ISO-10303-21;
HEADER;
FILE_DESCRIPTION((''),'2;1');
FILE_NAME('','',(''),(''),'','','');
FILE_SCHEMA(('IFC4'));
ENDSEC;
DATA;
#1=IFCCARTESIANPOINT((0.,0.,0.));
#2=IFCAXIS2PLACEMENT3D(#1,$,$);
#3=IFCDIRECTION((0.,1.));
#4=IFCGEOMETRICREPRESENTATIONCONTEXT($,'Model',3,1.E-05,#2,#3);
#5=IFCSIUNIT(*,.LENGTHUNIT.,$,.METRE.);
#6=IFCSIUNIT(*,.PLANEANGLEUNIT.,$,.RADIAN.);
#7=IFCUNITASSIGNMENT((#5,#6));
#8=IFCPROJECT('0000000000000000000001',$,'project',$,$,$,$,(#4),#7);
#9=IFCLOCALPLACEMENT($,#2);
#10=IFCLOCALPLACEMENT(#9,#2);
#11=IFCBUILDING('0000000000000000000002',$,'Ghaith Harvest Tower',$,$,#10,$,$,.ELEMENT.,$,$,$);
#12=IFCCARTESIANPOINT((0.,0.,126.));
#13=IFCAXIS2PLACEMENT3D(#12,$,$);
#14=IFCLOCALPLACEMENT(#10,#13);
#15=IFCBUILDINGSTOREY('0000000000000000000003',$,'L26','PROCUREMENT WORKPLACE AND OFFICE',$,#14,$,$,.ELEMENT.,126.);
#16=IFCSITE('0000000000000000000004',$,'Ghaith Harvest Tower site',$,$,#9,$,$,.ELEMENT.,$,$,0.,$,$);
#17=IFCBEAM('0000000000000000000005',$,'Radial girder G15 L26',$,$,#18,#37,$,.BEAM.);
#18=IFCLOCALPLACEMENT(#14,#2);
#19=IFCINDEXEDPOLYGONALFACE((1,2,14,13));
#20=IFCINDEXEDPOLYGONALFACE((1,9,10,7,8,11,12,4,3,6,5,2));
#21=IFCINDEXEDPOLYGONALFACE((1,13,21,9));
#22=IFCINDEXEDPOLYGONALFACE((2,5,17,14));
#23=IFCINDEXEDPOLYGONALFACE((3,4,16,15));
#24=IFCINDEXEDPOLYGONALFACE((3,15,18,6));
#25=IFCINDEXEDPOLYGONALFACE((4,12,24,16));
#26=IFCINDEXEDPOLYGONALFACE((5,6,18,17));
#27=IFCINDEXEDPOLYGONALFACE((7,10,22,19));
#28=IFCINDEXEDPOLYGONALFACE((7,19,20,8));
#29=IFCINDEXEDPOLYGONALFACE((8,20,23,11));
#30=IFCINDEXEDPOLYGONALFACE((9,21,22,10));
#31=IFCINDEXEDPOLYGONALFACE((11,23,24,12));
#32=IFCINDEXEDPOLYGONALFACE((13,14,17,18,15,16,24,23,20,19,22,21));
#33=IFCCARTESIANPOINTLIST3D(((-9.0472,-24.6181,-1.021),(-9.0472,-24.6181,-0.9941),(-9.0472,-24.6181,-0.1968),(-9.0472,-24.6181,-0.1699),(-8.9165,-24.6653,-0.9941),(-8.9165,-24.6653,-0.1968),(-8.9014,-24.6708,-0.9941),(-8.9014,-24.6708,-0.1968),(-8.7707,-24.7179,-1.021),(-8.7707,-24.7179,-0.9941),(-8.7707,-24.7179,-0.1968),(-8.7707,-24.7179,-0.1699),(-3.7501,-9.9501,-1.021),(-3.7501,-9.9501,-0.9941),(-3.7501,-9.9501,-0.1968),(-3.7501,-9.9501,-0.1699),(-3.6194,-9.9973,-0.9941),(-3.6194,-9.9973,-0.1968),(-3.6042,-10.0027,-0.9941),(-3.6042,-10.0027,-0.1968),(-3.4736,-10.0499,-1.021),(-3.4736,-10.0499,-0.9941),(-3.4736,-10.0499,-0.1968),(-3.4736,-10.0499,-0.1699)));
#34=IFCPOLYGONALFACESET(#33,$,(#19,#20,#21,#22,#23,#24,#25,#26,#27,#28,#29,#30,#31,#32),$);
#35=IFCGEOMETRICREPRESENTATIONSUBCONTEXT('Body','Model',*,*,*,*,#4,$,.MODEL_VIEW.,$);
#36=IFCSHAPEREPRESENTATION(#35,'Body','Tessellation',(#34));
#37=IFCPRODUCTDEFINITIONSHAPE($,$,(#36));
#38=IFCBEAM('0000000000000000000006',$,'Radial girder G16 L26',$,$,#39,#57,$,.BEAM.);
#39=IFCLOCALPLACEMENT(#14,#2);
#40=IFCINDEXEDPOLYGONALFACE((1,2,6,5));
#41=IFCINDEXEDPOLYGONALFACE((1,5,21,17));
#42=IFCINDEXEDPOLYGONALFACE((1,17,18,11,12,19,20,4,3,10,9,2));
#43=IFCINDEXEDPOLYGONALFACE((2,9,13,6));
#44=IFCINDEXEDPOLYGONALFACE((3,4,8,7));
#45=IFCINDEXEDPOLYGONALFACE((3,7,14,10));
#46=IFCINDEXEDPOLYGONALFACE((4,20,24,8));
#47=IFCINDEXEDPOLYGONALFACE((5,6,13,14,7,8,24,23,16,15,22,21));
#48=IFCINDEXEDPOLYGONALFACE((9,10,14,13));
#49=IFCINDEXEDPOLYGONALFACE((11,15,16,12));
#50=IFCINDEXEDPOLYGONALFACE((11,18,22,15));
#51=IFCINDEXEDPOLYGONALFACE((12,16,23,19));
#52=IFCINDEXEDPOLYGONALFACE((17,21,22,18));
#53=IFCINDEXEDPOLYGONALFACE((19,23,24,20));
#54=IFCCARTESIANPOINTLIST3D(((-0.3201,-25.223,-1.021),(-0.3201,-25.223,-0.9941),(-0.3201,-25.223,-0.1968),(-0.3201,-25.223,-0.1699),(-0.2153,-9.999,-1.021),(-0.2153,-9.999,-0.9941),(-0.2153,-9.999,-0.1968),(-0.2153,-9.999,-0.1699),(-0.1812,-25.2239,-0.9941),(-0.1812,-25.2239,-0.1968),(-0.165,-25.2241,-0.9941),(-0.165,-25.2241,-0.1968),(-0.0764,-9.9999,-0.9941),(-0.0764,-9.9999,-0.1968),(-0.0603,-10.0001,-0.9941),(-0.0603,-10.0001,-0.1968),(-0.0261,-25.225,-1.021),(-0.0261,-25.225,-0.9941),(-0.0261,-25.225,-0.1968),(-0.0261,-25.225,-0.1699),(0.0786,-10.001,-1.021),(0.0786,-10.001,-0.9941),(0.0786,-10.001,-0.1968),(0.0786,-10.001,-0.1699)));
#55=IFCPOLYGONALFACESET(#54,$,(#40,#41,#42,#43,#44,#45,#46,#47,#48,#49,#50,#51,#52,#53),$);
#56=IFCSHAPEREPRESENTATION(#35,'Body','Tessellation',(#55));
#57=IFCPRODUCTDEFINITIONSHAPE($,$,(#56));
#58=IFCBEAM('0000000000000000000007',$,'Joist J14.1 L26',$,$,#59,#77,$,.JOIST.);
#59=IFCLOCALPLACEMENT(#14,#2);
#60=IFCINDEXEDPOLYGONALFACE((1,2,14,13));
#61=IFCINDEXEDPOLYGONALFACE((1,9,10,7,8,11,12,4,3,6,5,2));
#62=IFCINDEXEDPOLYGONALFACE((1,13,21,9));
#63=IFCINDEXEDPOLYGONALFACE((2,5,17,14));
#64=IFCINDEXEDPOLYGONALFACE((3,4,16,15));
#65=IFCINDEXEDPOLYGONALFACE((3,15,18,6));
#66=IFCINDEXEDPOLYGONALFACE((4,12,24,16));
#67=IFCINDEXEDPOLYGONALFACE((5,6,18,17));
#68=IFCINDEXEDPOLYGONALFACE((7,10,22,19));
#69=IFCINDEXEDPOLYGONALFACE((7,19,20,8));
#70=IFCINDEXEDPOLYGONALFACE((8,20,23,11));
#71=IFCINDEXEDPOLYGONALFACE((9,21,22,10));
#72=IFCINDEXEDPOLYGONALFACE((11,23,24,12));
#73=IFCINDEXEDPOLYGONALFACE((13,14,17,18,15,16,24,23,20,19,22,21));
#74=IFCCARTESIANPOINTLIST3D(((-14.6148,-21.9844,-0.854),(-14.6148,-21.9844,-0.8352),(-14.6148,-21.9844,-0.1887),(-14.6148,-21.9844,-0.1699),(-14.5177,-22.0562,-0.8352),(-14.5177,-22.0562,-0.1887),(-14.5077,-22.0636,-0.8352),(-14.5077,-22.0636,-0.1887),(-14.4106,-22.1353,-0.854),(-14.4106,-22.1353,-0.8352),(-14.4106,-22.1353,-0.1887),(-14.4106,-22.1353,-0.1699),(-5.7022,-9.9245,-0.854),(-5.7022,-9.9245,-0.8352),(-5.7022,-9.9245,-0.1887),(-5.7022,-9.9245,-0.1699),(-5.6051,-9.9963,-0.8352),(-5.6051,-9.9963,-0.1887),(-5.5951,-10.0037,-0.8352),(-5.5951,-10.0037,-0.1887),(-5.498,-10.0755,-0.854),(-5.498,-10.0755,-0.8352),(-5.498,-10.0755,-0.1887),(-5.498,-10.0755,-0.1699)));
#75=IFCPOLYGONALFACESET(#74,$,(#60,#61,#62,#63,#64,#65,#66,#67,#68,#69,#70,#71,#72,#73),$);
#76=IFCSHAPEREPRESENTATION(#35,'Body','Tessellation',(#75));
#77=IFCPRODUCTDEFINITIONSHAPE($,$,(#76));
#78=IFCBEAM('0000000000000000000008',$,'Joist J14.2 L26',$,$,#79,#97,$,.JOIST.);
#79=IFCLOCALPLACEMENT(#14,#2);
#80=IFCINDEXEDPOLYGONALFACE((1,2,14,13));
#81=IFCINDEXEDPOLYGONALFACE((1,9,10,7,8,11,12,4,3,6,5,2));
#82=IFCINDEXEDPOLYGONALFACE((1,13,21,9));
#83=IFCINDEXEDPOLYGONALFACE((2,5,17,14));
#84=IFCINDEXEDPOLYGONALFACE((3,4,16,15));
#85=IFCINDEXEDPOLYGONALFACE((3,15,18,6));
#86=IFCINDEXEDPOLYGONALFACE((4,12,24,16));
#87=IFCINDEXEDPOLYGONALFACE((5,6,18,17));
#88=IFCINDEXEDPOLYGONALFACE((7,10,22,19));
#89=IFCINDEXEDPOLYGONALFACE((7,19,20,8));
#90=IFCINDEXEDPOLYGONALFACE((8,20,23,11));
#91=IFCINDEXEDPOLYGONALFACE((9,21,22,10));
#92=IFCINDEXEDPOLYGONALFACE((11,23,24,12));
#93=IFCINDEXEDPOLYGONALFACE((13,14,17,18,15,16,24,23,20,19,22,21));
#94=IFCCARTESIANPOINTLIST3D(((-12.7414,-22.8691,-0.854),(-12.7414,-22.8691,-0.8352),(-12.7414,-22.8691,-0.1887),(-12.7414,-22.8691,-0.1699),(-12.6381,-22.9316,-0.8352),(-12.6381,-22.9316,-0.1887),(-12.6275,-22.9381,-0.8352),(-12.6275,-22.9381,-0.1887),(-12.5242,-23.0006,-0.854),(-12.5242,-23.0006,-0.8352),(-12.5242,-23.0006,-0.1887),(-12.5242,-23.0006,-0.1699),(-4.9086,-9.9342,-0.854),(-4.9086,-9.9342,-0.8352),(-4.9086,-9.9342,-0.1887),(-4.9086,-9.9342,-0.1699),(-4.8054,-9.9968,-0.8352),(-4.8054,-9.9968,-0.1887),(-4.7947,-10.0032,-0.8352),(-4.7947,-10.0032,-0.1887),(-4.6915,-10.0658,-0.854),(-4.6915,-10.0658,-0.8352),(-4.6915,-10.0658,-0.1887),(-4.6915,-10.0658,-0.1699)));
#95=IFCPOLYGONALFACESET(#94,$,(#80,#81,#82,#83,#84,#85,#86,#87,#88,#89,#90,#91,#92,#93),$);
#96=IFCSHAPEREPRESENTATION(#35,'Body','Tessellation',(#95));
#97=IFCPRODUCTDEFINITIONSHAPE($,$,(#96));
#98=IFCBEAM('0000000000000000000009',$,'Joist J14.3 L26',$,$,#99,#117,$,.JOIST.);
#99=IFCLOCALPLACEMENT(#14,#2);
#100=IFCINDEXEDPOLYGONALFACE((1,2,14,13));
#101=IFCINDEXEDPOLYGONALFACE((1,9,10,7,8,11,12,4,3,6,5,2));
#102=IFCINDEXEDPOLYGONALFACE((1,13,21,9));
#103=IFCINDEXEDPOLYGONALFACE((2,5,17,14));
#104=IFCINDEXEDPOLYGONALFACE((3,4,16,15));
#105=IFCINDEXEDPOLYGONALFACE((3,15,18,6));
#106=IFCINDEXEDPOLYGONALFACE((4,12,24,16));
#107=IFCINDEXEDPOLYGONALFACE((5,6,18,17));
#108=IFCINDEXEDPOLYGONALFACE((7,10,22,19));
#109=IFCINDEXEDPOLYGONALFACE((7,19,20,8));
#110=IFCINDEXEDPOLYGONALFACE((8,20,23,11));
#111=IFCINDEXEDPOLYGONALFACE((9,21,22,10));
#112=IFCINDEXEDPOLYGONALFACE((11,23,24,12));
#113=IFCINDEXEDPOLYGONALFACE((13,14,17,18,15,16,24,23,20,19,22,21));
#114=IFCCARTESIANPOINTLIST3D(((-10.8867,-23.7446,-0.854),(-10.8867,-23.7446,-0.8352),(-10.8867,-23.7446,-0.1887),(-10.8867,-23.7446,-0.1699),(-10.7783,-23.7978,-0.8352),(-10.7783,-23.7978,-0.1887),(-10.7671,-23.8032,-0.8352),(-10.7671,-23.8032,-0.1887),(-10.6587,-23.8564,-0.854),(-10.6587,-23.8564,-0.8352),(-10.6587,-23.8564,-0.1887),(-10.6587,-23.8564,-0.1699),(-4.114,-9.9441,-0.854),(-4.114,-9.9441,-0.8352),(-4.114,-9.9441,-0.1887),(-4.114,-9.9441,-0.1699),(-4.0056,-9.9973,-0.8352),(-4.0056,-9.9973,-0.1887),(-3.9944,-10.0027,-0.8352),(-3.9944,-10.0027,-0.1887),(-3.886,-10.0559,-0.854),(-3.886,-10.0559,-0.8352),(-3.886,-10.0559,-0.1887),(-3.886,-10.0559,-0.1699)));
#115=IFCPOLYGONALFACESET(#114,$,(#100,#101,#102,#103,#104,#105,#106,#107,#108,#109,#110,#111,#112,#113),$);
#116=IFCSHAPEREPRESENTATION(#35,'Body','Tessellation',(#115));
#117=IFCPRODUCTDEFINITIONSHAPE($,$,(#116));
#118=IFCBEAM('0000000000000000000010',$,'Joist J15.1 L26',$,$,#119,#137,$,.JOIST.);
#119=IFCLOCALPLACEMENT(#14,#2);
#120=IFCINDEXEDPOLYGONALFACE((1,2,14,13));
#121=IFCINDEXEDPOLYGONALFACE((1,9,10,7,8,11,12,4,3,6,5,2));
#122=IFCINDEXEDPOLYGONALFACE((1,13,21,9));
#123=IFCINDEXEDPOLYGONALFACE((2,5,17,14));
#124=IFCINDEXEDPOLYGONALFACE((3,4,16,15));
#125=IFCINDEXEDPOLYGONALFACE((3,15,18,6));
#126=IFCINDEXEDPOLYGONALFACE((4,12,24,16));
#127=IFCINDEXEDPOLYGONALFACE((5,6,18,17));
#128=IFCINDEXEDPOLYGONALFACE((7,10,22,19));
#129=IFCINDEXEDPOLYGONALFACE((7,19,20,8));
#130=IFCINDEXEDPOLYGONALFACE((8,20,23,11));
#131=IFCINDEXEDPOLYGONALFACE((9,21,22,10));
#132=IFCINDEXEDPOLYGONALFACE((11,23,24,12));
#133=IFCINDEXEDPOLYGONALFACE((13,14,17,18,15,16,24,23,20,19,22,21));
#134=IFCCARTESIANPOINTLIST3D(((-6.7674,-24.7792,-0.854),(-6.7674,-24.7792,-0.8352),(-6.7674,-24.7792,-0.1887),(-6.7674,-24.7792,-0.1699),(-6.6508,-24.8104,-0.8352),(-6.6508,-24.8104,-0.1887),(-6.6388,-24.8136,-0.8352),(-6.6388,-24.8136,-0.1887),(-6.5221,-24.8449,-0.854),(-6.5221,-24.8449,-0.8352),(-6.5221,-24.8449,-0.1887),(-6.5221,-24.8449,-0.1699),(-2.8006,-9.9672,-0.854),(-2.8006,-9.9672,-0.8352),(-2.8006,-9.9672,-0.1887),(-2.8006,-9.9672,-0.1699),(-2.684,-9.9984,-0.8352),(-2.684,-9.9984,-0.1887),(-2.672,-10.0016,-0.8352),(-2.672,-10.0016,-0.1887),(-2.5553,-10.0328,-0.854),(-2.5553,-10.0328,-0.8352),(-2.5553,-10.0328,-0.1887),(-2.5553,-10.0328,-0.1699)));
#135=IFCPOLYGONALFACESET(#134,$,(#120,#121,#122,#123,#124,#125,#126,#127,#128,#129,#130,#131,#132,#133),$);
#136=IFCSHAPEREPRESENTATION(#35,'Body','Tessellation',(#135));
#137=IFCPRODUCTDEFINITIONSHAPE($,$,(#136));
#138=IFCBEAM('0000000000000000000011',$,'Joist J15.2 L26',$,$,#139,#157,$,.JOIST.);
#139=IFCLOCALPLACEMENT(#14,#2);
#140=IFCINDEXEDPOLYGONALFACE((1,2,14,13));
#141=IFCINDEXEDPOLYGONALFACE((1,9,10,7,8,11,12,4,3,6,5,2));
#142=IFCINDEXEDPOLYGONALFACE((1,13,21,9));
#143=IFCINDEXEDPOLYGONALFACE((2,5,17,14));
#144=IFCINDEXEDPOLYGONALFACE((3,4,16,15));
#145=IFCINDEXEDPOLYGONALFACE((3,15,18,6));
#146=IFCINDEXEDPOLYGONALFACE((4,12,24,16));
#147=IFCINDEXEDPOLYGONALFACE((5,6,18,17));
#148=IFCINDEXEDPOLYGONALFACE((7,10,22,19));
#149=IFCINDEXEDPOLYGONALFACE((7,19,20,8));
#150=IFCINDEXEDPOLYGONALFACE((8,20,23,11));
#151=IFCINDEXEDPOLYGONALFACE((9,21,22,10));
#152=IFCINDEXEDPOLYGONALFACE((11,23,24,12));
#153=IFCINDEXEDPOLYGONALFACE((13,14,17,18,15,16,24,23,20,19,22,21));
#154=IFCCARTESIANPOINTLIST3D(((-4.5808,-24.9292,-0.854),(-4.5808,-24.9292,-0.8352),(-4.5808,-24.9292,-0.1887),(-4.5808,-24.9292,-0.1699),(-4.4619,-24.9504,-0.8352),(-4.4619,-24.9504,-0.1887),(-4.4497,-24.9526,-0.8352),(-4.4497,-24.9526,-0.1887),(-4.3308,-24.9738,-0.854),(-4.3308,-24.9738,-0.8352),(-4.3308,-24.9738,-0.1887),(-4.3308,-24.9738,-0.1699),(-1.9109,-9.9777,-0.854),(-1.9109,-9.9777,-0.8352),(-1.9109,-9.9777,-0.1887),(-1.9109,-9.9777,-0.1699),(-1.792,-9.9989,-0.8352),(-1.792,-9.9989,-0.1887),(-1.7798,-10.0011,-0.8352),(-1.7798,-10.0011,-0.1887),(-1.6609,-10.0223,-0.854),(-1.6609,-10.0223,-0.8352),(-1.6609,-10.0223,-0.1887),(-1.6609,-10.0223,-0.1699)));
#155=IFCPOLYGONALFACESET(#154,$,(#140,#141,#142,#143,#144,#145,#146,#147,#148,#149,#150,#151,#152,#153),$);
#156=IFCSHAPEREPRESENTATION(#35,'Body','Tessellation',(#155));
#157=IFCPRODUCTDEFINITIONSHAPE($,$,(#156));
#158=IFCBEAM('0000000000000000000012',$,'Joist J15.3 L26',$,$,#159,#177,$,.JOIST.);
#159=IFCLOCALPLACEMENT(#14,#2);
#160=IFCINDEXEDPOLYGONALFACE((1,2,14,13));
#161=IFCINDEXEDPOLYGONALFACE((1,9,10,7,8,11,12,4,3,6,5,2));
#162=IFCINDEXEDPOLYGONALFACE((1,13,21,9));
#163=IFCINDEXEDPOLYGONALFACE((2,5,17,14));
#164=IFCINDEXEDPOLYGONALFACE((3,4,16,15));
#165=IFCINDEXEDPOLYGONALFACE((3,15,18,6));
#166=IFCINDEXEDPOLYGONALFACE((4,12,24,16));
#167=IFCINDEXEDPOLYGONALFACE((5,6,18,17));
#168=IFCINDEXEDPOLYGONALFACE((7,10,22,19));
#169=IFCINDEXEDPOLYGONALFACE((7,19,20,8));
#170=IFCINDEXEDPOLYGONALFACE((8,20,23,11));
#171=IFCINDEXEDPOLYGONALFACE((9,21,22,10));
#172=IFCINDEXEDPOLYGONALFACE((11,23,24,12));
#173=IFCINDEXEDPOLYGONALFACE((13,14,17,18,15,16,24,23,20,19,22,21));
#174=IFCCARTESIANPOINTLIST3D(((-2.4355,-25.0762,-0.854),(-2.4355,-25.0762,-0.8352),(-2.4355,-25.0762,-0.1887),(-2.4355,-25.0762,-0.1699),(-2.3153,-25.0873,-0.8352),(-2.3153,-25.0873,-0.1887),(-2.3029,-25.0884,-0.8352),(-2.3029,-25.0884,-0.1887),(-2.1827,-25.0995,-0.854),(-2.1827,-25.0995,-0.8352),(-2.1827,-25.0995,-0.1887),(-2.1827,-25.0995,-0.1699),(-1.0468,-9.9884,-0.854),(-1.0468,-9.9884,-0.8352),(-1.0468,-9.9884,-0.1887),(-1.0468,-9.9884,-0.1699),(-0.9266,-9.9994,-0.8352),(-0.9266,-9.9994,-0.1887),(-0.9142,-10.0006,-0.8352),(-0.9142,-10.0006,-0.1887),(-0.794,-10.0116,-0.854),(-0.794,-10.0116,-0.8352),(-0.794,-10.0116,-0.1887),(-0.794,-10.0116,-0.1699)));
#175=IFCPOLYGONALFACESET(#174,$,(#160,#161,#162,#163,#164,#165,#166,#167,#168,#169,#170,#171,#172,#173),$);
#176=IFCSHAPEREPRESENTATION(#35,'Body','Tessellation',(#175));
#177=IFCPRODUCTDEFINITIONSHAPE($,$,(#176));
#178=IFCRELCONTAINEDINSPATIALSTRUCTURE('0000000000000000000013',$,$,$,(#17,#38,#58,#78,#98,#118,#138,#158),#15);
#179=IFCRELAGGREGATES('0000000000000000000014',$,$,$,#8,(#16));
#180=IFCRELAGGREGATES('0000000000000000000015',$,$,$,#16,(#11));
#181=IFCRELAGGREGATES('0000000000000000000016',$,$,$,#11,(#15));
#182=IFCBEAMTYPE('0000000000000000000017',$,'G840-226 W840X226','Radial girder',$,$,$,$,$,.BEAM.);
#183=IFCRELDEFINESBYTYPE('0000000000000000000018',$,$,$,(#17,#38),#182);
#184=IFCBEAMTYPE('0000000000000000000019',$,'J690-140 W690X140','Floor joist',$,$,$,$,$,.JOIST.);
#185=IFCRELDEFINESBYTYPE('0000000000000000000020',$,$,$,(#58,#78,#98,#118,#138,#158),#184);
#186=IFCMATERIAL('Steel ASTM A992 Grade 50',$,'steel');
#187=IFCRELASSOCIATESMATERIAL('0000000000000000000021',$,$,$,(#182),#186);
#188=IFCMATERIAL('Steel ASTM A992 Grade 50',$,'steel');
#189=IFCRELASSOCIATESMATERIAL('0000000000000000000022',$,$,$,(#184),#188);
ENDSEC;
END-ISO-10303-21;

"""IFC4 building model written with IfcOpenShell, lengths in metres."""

from ifc_helpers import new_model, si_unit, direction, frame, origin, origin_2d, place, context, subcontext, project, spatial, i_section, extrude, material, material_profile, profile_set, type_object, element, save


model = new_model("IFC4")

# Units and contexts
model_context = context("Model", 3, precision=1e-05, world=origin(), true_north=direction((0.0, 1.0)))
body_context = subcontext(model_context, "Body", "Model", "MODEL_VIEW")
ifc_project = project(units=[si_unit("LENGTHUNIT", "METRE"), si_unit("PLANEANGLEUNIT", "RADIAN")], contexts=[model_context])

# Site, building, storey
site_placement = place(None, origin())
site = spatial("IfcSite", under=ifc_project, at=site_placement, Name="Ghaith Harvest Tower site", CompositionType="ELEMENT", RefElevation=0.0)
building_placement = place(site_placement, origin())
building = spatial("IfcBuilding", under=site, at=building_placement, Name="Ghaith Harvest Tower", CompositionType="ELEMENT")
storey_placement = place(building_placement, frame((0.0, 0.0, 126.0)))
storey = spatial("IfcBuildingStorey", under=building, at=storey_placement, Name="L26", Description="PROCUREMENT WORKPLACE AND OFFICE", CompositionType="ELEMENT", Elevation=126.0)

# Beams
ifc_material_1 = material(Name="Steel ASTM A992 Grade 50", Category="steel")
ifc_material_profile_1 = material_profile(ifc_material_1, i_section(OverallWidth=0.2939, OverallDepth=0.8511, WebThickness=0.0161, FlangeThickness=0.0269, at=origin_2d()), Name="W840X226")
ifc_profile_set_1 = profile_set([ifc_material_profile_1], Name="Steel ASTM A992 Grade 50")
beam_type_1 = type_object("IfcBeamType", Name="G840-226 W840X226", Description="Radial girder", PredefinedType="BEAM", material=ifc_profile_set_1)
beam_1_placement = place(storey_placement, frame((-3.6118, -10.0, -0.5955), z_axis=(-0.339664, -0.940547, 0.0), x_axis=(0.940547, -0.339664, 0.0)))
element("IfcBeam", 1, at=beam_1_placement, inside=storey, type_object=beam_type_1, Name="Radial girder G15 L26", PredefinedType="BEAM", context=body_context, shape_type="SweptSolid", body=[
    extrude(i_section(OverallWidth=0.2939, OverallDepth=0.8511, WebThickness=0.0161, FlangeThickness=0.0269, at=origin_2d()), origin(), (0.0, 0.0, 1.0), 15.5952),
])
beam_2_placement = place(storey_placement, frame((-0.0684, -10.0, -0.5955), z_axis=(-0.006879, -0.999976, 0.0), x_axis=(0.999976, -0.006879, 0.0)))
element("IfcBeam", 2, at=beam_2_placement, inside=storey, type_object=beam_type_1, Name="Radial girder G16 L26", PredefinedType="BEAM", context=body_context, shape_type="SweptSolid", body=[
    extrude(i_section(OverallWidth=0.2939, OverallDepth=0.8511, WebThickness=0.0161, FlangeThickness=0.0269, at=origin_2d()), origin(), (0.0, 0.0, 1.0), 15.2244),
])
ifc_material_2 = material(Name="Steel ASTM A992 Grade 50", Category="steel")
ifc_material_profile_2 = material_profile(ifc_material_2, i_section(OverallWidth=0.2539, OverallDepth=0.6841, WebThickness=0.0125, FlangeThickness=0.0188, at=origin_2d()), Name="W690X140")
ifc_profile_set_2 = profile_set([ifc_material_profile_2], Name="Steel ASTM A992 Grade 50")
beam_type_2 = type_object("IfcBeamType", Name="J690-140 W690X140", Description="Floor joist", PredefinedType="JOIST", material=ifc_profile_set_2)
beam_3_placement = place(storey_placement, frame((-5.6001, -10.0, -0.512), z_axis=(-0.59434, -0.804214, 0.0), x_axis=(0.804214, -0.59434, 0.0)))
element("IfcBeam", 3, at=beam_3_placement, inside=storey, type_object=beam_type_2, Name="Joist J14.1 L26", PredefinedType="JOIST", context=body_context, shape_type="SweptSolid", body=[
    extrude(i_section(OverallWidth=0.2539, OverallDepth=0.6841, WebThickness=0.0125, FlangeThickness=0.0188, at=origin_2d()), origin(), (0.0, 0.0, 1.0), 14.9958),
])
beam_4_placement = place(storey_placement, frame((-4.8, -10.0, -0.512), z_axis=(-0.517986, -0.855389, 0.0), x_axis=(0.855389, -0.517986, 0.0)))
element("IfcBeam", 4, at=beam_4_placement, inside=storey, type_object=beam_type_2, Name="Joist J14.2 L26", PredefinedType="JOIST", context=body_context, shape_type="SweptSolid", body=[
    extrude(i_section(OverallWidth=0.2539, OverallDepth=0.6841, WebThickness=0.0125, FlangeThickness=0.0188, at=origin_2d()), origin(), (0.0, 0.0, 1.0), 15.1216),
])
beam_5_placement = place(storey_placement, frame((-4.0, -10.0, -0.512), z_axis=(-0.440563, -0.897722, 0.0), x_axis=(0.897722, -0.440563, 0.0)))
element("IfcBeam", 5, at=beam_5_placement, inside=storey, type_object=beam_type_2, Name="Joist J14.3 L26", PredefinedType="JOIST", context=body_context, shape_type="SweptSolid", body=[
    extrude(i_section(OverallWidth=0.2539, OverallDepth=0.6841, WebThickness=0.0125, FlangeThickness=0.0188, at=origin_2d()), origin(), (0.0, 0.0, 1.0), 15.3728),
])
beam_6_placement = place(storey_placement, frame((-2.678, -10.0, -0.512), z_axis=(-0.258693, -0.96596, 0.0), x_axis=(0.96596, -0.258693, 0.0)))
element("IfcBeam", 6, at=beam_6_placement, inside=storey, type_object=beam_type_2, Name="Joist J15.1 L26", PredefinedType="JOIST", context=body_context, shape_type="SweptSolid", body=[
    extrude(i_section(OverallWidth=0.2539, OverallDepth=0.6841, WebThickness=0.0125, FlangeThickness=0.0188, at=origin_2d()), origin(), (0.0, 0.0, 1.0), 15.334),
])
beam_7_placement = place(storey_placement, frame((-1.7859, -10.0, -0.512), z_axis=(-0.175792, -0.984427, 0.0), x_axis=(0.984427, -0.175792, 0.0)))
element("IfcBeam", 7, at=beam_7_placement, inside=storey, type_object=beam_type_2, Name="Joist J15.2 L26", PredefinedType="JOIST", context=body_context, shape_type="SweptSolid", body=[
    extrude(i_section(OverallWidth=0.2539, OverallDepth=0.6841, WebThickness=0.0125, FlangeThickness=0.0188, at=origin_2d()), origin(), (0.0, 0.0, 1.0), 15.188),
])
beam_8_placement = place(storey_placement, frame((-0.9204, -10.0, -0.512), z_axis=(-0.091651, -0.995791, 0.0), x_axis=(0.995791, -0.091651, 0.0)))
element("IfcBeam", 8, at=beam_8_placement, inside=storey, type_object=beam_type_2, Name="Joist J15.3 L26", PredefinedType="JOIST", context=body_context, shape_type="SweptSolid", body=[
    extrude(i_section(OverallWidth=0.2539, OverallDepth=0.6841, WebThickness=0.0125, FlangeThickness=0.0188, at=origin_2d()), origin(), (0.0, 0.0, 1.0), 15.1516),
])

save(model, "model.ifc")
